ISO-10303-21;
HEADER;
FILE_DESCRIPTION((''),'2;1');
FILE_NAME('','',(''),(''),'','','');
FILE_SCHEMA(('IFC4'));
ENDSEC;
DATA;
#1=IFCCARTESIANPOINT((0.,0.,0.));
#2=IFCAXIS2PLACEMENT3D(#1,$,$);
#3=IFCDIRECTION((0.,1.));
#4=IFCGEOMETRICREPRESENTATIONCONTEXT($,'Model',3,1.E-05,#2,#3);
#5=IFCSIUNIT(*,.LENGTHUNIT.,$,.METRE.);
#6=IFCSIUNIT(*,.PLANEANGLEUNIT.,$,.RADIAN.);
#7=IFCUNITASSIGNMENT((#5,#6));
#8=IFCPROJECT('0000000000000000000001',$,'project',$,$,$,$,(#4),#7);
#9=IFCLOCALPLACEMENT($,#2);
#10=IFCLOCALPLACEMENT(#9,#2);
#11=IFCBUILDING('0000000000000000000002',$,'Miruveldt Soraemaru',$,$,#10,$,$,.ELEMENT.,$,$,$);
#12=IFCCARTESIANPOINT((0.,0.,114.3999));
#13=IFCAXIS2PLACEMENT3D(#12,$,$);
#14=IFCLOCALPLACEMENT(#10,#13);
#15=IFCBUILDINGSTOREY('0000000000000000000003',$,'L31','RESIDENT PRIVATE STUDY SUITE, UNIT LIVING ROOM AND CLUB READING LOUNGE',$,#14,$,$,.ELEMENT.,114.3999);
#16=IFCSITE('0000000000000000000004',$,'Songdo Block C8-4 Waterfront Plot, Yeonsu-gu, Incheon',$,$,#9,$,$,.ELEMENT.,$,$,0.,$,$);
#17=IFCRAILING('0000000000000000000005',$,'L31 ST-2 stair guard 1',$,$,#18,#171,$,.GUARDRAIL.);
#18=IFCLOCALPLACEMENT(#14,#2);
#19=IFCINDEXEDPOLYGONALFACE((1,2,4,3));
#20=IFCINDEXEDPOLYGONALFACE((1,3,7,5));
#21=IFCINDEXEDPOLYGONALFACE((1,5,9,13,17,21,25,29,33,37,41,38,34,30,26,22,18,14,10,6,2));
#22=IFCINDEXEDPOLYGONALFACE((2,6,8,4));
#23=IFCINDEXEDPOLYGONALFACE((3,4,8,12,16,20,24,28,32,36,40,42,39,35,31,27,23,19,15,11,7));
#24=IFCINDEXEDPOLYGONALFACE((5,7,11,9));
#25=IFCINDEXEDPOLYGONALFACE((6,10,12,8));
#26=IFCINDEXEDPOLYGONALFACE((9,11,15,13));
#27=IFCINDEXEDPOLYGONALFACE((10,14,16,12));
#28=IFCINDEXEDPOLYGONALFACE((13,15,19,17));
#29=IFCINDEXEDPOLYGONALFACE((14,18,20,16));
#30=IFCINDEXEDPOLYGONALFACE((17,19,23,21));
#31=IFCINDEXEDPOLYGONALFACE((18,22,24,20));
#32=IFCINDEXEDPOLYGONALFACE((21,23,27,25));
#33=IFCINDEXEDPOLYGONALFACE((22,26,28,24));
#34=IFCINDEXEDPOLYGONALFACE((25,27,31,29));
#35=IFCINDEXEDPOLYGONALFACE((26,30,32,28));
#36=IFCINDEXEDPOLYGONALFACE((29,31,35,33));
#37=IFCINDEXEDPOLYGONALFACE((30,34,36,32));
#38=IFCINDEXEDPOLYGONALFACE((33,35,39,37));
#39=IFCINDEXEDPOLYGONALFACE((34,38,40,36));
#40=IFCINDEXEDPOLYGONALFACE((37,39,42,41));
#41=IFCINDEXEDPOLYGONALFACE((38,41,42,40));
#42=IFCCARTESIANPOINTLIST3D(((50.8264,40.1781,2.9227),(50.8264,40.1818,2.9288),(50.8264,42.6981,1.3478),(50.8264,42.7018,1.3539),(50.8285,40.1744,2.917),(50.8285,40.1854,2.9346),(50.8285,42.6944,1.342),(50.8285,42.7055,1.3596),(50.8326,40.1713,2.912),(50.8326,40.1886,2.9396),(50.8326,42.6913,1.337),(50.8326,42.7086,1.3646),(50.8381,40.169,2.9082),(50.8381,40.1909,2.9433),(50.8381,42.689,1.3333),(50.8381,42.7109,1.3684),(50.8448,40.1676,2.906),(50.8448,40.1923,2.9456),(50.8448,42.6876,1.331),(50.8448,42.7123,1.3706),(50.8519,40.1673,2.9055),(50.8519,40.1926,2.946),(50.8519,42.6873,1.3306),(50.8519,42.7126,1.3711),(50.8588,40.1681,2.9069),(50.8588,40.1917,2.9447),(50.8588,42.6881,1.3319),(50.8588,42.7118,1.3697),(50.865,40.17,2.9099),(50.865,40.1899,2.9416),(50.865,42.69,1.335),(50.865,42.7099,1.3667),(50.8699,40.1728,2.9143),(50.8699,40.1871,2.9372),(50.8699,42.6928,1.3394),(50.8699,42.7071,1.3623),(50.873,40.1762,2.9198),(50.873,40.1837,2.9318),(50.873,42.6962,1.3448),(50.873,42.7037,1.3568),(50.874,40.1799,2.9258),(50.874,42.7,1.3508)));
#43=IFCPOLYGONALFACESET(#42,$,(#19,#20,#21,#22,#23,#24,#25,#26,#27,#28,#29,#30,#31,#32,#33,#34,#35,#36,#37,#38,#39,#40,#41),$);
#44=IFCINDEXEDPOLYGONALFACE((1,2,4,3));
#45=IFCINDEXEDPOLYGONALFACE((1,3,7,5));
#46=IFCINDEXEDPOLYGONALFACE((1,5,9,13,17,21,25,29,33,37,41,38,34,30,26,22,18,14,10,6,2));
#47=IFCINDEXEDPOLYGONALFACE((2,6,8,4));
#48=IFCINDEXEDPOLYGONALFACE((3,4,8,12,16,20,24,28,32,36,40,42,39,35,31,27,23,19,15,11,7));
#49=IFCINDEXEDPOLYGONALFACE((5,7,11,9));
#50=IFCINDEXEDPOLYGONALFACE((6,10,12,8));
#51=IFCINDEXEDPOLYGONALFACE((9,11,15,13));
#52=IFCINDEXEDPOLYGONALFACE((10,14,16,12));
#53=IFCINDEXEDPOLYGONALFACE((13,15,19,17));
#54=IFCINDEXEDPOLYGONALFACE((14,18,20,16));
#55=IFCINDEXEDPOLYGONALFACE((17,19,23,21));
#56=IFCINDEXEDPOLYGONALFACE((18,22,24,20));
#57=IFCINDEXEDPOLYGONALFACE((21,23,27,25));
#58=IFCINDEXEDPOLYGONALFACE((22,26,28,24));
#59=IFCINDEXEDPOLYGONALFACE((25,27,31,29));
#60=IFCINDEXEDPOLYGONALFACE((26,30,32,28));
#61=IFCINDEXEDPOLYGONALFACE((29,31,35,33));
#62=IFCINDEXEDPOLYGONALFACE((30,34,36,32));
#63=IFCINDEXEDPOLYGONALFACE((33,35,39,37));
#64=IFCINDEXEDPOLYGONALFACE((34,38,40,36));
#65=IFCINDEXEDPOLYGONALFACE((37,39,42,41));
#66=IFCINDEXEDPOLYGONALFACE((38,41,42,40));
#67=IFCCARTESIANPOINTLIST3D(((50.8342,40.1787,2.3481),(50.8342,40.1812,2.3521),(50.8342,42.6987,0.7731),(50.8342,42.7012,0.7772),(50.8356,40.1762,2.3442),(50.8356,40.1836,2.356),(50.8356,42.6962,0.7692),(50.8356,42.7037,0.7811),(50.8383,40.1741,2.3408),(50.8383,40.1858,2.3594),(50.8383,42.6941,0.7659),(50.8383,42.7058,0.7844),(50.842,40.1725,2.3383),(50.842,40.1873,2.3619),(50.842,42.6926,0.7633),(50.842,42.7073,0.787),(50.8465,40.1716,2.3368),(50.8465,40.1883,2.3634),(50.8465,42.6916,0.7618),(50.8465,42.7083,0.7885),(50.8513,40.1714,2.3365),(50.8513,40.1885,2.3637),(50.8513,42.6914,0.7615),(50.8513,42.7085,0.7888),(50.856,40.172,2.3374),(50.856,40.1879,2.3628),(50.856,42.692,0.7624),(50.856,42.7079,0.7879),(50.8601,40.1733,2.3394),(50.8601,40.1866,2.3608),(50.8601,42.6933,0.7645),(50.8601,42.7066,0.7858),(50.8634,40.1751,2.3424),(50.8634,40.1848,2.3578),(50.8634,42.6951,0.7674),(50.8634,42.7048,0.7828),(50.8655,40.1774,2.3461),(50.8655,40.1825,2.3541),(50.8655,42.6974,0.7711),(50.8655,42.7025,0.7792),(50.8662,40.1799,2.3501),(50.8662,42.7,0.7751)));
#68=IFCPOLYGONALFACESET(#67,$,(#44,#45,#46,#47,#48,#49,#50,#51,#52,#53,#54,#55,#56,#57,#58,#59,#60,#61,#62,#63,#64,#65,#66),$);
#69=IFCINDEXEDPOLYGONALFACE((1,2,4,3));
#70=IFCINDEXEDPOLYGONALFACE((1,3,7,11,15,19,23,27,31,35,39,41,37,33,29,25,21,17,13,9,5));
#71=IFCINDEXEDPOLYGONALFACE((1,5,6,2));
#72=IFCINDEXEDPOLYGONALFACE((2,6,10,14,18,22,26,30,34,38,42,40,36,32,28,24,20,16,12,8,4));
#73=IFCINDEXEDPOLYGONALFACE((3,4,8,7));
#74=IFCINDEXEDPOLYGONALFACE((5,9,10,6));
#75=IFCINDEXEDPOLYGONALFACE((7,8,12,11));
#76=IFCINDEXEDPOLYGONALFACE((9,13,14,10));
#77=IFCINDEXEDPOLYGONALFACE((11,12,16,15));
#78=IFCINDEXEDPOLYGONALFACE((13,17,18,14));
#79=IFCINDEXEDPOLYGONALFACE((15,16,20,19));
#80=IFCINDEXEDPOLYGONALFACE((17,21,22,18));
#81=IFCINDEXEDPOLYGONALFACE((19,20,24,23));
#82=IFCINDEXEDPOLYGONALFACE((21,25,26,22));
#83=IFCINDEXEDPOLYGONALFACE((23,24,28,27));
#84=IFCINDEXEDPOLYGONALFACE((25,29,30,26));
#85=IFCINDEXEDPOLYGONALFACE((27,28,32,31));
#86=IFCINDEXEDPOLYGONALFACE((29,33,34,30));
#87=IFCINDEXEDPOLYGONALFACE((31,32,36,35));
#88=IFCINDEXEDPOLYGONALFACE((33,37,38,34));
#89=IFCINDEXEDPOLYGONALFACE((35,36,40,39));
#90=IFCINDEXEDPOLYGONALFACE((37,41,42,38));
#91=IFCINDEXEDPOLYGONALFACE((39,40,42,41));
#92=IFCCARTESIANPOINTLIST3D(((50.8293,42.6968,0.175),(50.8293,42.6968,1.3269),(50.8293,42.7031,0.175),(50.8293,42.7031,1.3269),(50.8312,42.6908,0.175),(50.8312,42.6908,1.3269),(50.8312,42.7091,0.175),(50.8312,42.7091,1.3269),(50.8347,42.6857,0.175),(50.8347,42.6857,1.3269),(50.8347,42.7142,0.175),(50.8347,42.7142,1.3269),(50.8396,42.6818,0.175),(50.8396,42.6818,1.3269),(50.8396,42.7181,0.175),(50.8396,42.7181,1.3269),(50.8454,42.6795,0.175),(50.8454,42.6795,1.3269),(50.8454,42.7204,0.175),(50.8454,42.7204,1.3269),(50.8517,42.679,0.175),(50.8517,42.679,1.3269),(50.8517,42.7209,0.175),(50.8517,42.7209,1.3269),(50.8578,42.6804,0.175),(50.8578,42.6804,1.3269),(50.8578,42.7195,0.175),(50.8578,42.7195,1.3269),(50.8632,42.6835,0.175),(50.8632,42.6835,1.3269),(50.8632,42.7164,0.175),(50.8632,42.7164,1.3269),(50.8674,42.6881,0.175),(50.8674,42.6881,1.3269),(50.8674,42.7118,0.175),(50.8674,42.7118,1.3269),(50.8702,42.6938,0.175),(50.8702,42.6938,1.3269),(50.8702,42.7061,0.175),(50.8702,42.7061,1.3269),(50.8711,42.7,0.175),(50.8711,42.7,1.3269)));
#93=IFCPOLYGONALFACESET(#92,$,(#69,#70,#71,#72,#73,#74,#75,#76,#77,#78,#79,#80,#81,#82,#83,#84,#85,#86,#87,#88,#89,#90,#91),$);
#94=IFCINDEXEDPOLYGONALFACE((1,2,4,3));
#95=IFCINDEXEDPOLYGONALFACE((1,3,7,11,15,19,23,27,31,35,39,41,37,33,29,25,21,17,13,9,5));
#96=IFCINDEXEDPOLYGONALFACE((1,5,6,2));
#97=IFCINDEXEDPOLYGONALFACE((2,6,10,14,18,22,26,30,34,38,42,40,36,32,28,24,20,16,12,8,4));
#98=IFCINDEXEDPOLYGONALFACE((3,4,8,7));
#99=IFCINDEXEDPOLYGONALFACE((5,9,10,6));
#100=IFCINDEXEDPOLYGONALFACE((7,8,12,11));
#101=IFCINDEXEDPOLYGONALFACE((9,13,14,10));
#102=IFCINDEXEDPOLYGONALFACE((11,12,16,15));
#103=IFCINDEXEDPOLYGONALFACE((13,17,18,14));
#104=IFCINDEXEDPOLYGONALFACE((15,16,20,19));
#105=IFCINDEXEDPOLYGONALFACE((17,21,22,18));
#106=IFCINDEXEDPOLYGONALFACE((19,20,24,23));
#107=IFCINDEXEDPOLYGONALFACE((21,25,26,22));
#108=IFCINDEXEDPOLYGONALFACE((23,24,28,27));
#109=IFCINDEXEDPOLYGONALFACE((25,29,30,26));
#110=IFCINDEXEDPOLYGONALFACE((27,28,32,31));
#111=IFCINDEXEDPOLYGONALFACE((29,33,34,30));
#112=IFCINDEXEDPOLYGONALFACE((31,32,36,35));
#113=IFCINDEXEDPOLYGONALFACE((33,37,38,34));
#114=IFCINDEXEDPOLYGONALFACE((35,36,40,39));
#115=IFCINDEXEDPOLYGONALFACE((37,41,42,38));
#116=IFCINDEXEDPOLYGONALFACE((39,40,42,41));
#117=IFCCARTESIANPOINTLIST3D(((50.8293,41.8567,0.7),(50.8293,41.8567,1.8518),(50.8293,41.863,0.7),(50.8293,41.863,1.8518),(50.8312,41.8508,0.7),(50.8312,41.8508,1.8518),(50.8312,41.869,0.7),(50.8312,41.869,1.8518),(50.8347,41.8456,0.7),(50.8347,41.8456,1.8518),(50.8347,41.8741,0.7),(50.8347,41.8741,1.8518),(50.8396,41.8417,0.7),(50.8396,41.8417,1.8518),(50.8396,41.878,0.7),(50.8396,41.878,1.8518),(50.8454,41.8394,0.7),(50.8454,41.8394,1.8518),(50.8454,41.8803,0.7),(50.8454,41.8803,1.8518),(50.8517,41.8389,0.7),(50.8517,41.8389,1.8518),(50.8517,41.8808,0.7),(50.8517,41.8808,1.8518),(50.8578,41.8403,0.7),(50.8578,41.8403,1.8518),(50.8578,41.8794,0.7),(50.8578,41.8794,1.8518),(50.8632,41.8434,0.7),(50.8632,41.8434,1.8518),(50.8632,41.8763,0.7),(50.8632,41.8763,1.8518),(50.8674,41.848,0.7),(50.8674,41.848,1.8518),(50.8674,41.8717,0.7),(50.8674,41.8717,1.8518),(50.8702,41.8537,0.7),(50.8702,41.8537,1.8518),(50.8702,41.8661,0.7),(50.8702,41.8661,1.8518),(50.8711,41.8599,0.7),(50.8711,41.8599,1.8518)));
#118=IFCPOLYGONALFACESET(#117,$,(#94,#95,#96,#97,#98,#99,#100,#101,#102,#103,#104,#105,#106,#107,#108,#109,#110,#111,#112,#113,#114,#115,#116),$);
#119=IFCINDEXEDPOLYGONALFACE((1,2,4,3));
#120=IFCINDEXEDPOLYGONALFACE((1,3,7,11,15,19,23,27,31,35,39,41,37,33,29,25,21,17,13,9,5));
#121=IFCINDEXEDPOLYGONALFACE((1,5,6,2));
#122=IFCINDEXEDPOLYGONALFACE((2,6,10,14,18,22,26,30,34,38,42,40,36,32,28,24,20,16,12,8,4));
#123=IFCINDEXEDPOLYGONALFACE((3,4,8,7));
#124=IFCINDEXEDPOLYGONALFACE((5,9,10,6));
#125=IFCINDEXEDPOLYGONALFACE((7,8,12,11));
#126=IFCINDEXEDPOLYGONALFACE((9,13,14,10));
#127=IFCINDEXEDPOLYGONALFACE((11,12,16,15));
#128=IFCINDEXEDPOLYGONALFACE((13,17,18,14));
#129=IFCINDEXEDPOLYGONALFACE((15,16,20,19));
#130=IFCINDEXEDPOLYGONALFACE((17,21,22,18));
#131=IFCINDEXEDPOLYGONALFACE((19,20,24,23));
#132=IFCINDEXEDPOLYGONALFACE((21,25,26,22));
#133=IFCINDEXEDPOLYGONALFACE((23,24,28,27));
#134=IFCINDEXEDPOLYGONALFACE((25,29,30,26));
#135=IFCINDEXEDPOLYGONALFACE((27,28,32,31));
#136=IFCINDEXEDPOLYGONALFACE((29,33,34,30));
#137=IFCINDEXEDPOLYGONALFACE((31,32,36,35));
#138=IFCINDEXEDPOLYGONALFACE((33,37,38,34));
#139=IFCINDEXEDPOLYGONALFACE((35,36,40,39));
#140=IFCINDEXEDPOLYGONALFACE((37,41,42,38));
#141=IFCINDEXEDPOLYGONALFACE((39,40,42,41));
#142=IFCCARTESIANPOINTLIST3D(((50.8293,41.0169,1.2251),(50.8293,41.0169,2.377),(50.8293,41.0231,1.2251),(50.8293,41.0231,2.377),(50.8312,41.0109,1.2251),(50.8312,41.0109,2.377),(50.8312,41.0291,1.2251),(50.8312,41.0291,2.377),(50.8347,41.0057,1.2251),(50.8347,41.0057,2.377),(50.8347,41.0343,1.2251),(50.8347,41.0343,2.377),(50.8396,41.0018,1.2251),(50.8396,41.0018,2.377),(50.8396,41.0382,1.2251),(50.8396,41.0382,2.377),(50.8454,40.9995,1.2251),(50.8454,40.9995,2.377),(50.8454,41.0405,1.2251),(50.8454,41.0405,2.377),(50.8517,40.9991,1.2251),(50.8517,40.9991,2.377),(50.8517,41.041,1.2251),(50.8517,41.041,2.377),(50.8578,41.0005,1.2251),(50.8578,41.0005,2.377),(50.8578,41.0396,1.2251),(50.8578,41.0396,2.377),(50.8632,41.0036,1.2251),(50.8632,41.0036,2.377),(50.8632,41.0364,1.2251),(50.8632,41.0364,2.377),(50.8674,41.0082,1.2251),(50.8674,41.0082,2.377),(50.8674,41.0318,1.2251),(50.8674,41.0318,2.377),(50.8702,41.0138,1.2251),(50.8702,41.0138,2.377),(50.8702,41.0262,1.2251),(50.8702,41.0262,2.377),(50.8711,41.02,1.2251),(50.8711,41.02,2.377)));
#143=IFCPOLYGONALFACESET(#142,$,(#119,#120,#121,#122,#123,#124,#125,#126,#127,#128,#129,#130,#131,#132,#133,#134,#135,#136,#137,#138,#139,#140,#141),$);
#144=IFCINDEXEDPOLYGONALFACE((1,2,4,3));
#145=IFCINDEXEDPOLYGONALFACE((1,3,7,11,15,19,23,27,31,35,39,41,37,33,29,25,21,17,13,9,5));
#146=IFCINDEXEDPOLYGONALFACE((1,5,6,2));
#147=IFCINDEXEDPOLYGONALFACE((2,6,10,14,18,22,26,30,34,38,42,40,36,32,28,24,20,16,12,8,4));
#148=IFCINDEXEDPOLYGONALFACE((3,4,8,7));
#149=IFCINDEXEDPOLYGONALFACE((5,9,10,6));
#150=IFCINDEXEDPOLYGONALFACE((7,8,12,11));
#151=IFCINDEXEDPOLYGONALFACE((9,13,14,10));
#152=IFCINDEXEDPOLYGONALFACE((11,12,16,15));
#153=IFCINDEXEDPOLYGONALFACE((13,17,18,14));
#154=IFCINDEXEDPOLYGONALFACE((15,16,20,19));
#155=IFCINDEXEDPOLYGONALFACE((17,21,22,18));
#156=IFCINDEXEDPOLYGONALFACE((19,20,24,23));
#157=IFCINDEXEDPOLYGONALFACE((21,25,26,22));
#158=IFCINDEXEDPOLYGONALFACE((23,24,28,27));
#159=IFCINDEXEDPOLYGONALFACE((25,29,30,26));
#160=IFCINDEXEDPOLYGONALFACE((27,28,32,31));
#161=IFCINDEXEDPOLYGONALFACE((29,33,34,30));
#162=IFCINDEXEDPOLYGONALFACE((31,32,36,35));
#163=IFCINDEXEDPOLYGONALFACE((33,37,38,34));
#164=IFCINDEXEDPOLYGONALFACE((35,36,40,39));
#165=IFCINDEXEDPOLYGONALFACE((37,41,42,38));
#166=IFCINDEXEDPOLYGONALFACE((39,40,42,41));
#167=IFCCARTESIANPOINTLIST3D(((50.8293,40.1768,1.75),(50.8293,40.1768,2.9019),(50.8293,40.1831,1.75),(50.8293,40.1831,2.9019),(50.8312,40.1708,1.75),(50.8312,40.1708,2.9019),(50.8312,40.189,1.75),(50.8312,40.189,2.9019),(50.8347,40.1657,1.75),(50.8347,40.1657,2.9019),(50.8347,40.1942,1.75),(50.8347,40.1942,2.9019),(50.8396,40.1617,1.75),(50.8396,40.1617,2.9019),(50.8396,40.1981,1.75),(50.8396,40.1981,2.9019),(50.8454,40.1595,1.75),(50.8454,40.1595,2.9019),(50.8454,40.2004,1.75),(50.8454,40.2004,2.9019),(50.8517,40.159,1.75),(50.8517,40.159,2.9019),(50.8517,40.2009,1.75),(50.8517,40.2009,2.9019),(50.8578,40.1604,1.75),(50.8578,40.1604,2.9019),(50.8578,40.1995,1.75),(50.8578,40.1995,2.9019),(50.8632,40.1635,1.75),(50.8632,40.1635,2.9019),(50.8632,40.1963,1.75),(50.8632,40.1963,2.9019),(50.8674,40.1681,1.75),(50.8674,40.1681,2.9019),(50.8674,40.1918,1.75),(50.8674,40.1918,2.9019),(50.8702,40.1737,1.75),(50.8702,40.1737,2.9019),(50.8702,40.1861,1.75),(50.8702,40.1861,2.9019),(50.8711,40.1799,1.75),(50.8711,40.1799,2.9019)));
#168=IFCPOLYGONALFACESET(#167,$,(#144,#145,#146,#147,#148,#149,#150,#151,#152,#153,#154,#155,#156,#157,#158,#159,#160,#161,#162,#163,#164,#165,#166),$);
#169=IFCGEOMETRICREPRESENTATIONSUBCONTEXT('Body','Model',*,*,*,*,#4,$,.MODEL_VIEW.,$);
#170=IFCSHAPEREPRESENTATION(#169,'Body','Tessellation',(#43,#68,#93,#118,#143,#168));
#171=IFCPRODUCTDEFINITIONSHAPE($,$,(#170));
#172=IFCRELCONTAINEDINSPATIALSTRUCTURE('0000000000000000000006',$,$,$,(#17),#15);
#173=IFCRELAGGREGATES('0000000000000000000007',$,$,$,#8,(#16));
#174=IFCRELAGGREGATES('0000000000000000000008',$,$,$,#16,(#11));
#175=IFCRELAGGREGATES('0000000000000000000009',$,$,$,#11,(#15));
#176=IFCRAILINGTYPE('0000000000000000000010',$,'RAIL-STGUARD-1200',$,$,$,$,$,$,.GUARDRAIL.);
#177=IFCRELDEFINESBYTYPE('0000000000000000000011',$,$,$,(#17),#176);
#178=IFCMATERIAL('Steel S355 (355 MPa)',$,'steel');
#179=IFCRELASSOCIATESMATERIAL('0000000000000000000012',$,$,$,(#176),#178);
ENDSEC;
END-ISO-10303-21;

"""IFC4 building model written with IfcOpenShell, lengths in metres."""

from ifc_helpers import new_model, si_unit, direction, frame, origin, origin_2d, place, context, subcontext, project, spatial, circle, extrude, material, type_object, element, save


model = new_model("IFC4")

# Units and contexts
model_context = context("Model", 3, precision=1e-05, world=origin(), true_north=direction((0.0, 1.0)))
body_context = subcontext(model_context, "Body", "Model", "MODEL_VIEW")
ifc_project = project(units=[si_unit("LENGTHUNIT", "METRE"), si_unit("PLANEANGLEUNIT", "RADIAN")], contexts=[model_context])

# Site, building, storey
site_placement = place(None, origin())
site = spatial("IfcSite", under=ifc_project, at=site_placement, Name="Songdo Block C8-4 Waterfront Plot, Yeonsu-gu, Incheon", CompositionType="ELEMENT", RefElevation=0.0)
building_placement = place(site_placement, origin())
building = spatial("IfcBuilding", under=site, at=building_placement, Name="Miruveldt Soraemaru", CompositionType="ELEMENT")
storey_placement = place(building_placement, frame((0.0, 0.0, 114.3999)))
storey = spatial("IfcBuildingStorey", under=building, at=storey_placement, Name="L31", Description="RESIDENT PRIVATE STUDY SUITE, UNIT LIVING ROOM AND CLUB READING LOUNGE", CompositionType="ELEMENT", Elevation=114.3999)

# Railing
ifc_material_1 = material(Name="Steel S355 (355 MPa)", Category="steel")
railing_type_1 = type_object("IfcRailingType", Name="RAIL-STGUARD-1200", PredefinedType="GUARDRAIL", material=ifc_material_1)
railing_1_placement = place(storey_placement, frame((50.8501, 42.7, 0.175)))
element("IfcRailing", 1, at=railing_1_placement, inside=storey, type_object=railing_type_1, Name="L31 ST-2 stair guard 1", PredefinedType="GUARDRAIL", context=body_context, shape_type="SweptSolid", body=[
    extrude(circle(Radius=0.0239, at=origin_2d()), frame((0.0, 0.0, 1.1758), z_axis=(0.0, -0.848008, 0.529984), x_axis=(1.0, 0.0, 0.0)), (0.0, 0.0, 1.0), 2.9717),
    extrude(circle(Radius=0.0161, at=origin_2d()), frame((0.0, 0.0, 0.6001), z_axis=(0.0, -0.848008, 0.529984), x_axis=(1.0, 0.0, 0.0)), (0.0, 0.0, 1.0), 2.9717),
    extrude(circle(Radius=0.021, at=origin_2d()), origin(), (0.0, 0.0, 1.0), 1.1519),
    extrude(circle(Radius=0.021, at=origin_2d()), frame((0.0, -0.8401, 0.5249)), (0.0, 0.0, 1.0), 1.1519),
    extrude(circle(Radius=0.021, at=origin_2d()), frame((0.0, -1.6799, 1.05)), (0.0, 0.0, 1.0), 1.1519),
    extrude(circle(Radius=0.021, at=origin_2d()), frame((0.0, -2.52, 1.575)), (0.0, 0.0, 1.0), 1.1519),
])

save(model, "model.ifc")
